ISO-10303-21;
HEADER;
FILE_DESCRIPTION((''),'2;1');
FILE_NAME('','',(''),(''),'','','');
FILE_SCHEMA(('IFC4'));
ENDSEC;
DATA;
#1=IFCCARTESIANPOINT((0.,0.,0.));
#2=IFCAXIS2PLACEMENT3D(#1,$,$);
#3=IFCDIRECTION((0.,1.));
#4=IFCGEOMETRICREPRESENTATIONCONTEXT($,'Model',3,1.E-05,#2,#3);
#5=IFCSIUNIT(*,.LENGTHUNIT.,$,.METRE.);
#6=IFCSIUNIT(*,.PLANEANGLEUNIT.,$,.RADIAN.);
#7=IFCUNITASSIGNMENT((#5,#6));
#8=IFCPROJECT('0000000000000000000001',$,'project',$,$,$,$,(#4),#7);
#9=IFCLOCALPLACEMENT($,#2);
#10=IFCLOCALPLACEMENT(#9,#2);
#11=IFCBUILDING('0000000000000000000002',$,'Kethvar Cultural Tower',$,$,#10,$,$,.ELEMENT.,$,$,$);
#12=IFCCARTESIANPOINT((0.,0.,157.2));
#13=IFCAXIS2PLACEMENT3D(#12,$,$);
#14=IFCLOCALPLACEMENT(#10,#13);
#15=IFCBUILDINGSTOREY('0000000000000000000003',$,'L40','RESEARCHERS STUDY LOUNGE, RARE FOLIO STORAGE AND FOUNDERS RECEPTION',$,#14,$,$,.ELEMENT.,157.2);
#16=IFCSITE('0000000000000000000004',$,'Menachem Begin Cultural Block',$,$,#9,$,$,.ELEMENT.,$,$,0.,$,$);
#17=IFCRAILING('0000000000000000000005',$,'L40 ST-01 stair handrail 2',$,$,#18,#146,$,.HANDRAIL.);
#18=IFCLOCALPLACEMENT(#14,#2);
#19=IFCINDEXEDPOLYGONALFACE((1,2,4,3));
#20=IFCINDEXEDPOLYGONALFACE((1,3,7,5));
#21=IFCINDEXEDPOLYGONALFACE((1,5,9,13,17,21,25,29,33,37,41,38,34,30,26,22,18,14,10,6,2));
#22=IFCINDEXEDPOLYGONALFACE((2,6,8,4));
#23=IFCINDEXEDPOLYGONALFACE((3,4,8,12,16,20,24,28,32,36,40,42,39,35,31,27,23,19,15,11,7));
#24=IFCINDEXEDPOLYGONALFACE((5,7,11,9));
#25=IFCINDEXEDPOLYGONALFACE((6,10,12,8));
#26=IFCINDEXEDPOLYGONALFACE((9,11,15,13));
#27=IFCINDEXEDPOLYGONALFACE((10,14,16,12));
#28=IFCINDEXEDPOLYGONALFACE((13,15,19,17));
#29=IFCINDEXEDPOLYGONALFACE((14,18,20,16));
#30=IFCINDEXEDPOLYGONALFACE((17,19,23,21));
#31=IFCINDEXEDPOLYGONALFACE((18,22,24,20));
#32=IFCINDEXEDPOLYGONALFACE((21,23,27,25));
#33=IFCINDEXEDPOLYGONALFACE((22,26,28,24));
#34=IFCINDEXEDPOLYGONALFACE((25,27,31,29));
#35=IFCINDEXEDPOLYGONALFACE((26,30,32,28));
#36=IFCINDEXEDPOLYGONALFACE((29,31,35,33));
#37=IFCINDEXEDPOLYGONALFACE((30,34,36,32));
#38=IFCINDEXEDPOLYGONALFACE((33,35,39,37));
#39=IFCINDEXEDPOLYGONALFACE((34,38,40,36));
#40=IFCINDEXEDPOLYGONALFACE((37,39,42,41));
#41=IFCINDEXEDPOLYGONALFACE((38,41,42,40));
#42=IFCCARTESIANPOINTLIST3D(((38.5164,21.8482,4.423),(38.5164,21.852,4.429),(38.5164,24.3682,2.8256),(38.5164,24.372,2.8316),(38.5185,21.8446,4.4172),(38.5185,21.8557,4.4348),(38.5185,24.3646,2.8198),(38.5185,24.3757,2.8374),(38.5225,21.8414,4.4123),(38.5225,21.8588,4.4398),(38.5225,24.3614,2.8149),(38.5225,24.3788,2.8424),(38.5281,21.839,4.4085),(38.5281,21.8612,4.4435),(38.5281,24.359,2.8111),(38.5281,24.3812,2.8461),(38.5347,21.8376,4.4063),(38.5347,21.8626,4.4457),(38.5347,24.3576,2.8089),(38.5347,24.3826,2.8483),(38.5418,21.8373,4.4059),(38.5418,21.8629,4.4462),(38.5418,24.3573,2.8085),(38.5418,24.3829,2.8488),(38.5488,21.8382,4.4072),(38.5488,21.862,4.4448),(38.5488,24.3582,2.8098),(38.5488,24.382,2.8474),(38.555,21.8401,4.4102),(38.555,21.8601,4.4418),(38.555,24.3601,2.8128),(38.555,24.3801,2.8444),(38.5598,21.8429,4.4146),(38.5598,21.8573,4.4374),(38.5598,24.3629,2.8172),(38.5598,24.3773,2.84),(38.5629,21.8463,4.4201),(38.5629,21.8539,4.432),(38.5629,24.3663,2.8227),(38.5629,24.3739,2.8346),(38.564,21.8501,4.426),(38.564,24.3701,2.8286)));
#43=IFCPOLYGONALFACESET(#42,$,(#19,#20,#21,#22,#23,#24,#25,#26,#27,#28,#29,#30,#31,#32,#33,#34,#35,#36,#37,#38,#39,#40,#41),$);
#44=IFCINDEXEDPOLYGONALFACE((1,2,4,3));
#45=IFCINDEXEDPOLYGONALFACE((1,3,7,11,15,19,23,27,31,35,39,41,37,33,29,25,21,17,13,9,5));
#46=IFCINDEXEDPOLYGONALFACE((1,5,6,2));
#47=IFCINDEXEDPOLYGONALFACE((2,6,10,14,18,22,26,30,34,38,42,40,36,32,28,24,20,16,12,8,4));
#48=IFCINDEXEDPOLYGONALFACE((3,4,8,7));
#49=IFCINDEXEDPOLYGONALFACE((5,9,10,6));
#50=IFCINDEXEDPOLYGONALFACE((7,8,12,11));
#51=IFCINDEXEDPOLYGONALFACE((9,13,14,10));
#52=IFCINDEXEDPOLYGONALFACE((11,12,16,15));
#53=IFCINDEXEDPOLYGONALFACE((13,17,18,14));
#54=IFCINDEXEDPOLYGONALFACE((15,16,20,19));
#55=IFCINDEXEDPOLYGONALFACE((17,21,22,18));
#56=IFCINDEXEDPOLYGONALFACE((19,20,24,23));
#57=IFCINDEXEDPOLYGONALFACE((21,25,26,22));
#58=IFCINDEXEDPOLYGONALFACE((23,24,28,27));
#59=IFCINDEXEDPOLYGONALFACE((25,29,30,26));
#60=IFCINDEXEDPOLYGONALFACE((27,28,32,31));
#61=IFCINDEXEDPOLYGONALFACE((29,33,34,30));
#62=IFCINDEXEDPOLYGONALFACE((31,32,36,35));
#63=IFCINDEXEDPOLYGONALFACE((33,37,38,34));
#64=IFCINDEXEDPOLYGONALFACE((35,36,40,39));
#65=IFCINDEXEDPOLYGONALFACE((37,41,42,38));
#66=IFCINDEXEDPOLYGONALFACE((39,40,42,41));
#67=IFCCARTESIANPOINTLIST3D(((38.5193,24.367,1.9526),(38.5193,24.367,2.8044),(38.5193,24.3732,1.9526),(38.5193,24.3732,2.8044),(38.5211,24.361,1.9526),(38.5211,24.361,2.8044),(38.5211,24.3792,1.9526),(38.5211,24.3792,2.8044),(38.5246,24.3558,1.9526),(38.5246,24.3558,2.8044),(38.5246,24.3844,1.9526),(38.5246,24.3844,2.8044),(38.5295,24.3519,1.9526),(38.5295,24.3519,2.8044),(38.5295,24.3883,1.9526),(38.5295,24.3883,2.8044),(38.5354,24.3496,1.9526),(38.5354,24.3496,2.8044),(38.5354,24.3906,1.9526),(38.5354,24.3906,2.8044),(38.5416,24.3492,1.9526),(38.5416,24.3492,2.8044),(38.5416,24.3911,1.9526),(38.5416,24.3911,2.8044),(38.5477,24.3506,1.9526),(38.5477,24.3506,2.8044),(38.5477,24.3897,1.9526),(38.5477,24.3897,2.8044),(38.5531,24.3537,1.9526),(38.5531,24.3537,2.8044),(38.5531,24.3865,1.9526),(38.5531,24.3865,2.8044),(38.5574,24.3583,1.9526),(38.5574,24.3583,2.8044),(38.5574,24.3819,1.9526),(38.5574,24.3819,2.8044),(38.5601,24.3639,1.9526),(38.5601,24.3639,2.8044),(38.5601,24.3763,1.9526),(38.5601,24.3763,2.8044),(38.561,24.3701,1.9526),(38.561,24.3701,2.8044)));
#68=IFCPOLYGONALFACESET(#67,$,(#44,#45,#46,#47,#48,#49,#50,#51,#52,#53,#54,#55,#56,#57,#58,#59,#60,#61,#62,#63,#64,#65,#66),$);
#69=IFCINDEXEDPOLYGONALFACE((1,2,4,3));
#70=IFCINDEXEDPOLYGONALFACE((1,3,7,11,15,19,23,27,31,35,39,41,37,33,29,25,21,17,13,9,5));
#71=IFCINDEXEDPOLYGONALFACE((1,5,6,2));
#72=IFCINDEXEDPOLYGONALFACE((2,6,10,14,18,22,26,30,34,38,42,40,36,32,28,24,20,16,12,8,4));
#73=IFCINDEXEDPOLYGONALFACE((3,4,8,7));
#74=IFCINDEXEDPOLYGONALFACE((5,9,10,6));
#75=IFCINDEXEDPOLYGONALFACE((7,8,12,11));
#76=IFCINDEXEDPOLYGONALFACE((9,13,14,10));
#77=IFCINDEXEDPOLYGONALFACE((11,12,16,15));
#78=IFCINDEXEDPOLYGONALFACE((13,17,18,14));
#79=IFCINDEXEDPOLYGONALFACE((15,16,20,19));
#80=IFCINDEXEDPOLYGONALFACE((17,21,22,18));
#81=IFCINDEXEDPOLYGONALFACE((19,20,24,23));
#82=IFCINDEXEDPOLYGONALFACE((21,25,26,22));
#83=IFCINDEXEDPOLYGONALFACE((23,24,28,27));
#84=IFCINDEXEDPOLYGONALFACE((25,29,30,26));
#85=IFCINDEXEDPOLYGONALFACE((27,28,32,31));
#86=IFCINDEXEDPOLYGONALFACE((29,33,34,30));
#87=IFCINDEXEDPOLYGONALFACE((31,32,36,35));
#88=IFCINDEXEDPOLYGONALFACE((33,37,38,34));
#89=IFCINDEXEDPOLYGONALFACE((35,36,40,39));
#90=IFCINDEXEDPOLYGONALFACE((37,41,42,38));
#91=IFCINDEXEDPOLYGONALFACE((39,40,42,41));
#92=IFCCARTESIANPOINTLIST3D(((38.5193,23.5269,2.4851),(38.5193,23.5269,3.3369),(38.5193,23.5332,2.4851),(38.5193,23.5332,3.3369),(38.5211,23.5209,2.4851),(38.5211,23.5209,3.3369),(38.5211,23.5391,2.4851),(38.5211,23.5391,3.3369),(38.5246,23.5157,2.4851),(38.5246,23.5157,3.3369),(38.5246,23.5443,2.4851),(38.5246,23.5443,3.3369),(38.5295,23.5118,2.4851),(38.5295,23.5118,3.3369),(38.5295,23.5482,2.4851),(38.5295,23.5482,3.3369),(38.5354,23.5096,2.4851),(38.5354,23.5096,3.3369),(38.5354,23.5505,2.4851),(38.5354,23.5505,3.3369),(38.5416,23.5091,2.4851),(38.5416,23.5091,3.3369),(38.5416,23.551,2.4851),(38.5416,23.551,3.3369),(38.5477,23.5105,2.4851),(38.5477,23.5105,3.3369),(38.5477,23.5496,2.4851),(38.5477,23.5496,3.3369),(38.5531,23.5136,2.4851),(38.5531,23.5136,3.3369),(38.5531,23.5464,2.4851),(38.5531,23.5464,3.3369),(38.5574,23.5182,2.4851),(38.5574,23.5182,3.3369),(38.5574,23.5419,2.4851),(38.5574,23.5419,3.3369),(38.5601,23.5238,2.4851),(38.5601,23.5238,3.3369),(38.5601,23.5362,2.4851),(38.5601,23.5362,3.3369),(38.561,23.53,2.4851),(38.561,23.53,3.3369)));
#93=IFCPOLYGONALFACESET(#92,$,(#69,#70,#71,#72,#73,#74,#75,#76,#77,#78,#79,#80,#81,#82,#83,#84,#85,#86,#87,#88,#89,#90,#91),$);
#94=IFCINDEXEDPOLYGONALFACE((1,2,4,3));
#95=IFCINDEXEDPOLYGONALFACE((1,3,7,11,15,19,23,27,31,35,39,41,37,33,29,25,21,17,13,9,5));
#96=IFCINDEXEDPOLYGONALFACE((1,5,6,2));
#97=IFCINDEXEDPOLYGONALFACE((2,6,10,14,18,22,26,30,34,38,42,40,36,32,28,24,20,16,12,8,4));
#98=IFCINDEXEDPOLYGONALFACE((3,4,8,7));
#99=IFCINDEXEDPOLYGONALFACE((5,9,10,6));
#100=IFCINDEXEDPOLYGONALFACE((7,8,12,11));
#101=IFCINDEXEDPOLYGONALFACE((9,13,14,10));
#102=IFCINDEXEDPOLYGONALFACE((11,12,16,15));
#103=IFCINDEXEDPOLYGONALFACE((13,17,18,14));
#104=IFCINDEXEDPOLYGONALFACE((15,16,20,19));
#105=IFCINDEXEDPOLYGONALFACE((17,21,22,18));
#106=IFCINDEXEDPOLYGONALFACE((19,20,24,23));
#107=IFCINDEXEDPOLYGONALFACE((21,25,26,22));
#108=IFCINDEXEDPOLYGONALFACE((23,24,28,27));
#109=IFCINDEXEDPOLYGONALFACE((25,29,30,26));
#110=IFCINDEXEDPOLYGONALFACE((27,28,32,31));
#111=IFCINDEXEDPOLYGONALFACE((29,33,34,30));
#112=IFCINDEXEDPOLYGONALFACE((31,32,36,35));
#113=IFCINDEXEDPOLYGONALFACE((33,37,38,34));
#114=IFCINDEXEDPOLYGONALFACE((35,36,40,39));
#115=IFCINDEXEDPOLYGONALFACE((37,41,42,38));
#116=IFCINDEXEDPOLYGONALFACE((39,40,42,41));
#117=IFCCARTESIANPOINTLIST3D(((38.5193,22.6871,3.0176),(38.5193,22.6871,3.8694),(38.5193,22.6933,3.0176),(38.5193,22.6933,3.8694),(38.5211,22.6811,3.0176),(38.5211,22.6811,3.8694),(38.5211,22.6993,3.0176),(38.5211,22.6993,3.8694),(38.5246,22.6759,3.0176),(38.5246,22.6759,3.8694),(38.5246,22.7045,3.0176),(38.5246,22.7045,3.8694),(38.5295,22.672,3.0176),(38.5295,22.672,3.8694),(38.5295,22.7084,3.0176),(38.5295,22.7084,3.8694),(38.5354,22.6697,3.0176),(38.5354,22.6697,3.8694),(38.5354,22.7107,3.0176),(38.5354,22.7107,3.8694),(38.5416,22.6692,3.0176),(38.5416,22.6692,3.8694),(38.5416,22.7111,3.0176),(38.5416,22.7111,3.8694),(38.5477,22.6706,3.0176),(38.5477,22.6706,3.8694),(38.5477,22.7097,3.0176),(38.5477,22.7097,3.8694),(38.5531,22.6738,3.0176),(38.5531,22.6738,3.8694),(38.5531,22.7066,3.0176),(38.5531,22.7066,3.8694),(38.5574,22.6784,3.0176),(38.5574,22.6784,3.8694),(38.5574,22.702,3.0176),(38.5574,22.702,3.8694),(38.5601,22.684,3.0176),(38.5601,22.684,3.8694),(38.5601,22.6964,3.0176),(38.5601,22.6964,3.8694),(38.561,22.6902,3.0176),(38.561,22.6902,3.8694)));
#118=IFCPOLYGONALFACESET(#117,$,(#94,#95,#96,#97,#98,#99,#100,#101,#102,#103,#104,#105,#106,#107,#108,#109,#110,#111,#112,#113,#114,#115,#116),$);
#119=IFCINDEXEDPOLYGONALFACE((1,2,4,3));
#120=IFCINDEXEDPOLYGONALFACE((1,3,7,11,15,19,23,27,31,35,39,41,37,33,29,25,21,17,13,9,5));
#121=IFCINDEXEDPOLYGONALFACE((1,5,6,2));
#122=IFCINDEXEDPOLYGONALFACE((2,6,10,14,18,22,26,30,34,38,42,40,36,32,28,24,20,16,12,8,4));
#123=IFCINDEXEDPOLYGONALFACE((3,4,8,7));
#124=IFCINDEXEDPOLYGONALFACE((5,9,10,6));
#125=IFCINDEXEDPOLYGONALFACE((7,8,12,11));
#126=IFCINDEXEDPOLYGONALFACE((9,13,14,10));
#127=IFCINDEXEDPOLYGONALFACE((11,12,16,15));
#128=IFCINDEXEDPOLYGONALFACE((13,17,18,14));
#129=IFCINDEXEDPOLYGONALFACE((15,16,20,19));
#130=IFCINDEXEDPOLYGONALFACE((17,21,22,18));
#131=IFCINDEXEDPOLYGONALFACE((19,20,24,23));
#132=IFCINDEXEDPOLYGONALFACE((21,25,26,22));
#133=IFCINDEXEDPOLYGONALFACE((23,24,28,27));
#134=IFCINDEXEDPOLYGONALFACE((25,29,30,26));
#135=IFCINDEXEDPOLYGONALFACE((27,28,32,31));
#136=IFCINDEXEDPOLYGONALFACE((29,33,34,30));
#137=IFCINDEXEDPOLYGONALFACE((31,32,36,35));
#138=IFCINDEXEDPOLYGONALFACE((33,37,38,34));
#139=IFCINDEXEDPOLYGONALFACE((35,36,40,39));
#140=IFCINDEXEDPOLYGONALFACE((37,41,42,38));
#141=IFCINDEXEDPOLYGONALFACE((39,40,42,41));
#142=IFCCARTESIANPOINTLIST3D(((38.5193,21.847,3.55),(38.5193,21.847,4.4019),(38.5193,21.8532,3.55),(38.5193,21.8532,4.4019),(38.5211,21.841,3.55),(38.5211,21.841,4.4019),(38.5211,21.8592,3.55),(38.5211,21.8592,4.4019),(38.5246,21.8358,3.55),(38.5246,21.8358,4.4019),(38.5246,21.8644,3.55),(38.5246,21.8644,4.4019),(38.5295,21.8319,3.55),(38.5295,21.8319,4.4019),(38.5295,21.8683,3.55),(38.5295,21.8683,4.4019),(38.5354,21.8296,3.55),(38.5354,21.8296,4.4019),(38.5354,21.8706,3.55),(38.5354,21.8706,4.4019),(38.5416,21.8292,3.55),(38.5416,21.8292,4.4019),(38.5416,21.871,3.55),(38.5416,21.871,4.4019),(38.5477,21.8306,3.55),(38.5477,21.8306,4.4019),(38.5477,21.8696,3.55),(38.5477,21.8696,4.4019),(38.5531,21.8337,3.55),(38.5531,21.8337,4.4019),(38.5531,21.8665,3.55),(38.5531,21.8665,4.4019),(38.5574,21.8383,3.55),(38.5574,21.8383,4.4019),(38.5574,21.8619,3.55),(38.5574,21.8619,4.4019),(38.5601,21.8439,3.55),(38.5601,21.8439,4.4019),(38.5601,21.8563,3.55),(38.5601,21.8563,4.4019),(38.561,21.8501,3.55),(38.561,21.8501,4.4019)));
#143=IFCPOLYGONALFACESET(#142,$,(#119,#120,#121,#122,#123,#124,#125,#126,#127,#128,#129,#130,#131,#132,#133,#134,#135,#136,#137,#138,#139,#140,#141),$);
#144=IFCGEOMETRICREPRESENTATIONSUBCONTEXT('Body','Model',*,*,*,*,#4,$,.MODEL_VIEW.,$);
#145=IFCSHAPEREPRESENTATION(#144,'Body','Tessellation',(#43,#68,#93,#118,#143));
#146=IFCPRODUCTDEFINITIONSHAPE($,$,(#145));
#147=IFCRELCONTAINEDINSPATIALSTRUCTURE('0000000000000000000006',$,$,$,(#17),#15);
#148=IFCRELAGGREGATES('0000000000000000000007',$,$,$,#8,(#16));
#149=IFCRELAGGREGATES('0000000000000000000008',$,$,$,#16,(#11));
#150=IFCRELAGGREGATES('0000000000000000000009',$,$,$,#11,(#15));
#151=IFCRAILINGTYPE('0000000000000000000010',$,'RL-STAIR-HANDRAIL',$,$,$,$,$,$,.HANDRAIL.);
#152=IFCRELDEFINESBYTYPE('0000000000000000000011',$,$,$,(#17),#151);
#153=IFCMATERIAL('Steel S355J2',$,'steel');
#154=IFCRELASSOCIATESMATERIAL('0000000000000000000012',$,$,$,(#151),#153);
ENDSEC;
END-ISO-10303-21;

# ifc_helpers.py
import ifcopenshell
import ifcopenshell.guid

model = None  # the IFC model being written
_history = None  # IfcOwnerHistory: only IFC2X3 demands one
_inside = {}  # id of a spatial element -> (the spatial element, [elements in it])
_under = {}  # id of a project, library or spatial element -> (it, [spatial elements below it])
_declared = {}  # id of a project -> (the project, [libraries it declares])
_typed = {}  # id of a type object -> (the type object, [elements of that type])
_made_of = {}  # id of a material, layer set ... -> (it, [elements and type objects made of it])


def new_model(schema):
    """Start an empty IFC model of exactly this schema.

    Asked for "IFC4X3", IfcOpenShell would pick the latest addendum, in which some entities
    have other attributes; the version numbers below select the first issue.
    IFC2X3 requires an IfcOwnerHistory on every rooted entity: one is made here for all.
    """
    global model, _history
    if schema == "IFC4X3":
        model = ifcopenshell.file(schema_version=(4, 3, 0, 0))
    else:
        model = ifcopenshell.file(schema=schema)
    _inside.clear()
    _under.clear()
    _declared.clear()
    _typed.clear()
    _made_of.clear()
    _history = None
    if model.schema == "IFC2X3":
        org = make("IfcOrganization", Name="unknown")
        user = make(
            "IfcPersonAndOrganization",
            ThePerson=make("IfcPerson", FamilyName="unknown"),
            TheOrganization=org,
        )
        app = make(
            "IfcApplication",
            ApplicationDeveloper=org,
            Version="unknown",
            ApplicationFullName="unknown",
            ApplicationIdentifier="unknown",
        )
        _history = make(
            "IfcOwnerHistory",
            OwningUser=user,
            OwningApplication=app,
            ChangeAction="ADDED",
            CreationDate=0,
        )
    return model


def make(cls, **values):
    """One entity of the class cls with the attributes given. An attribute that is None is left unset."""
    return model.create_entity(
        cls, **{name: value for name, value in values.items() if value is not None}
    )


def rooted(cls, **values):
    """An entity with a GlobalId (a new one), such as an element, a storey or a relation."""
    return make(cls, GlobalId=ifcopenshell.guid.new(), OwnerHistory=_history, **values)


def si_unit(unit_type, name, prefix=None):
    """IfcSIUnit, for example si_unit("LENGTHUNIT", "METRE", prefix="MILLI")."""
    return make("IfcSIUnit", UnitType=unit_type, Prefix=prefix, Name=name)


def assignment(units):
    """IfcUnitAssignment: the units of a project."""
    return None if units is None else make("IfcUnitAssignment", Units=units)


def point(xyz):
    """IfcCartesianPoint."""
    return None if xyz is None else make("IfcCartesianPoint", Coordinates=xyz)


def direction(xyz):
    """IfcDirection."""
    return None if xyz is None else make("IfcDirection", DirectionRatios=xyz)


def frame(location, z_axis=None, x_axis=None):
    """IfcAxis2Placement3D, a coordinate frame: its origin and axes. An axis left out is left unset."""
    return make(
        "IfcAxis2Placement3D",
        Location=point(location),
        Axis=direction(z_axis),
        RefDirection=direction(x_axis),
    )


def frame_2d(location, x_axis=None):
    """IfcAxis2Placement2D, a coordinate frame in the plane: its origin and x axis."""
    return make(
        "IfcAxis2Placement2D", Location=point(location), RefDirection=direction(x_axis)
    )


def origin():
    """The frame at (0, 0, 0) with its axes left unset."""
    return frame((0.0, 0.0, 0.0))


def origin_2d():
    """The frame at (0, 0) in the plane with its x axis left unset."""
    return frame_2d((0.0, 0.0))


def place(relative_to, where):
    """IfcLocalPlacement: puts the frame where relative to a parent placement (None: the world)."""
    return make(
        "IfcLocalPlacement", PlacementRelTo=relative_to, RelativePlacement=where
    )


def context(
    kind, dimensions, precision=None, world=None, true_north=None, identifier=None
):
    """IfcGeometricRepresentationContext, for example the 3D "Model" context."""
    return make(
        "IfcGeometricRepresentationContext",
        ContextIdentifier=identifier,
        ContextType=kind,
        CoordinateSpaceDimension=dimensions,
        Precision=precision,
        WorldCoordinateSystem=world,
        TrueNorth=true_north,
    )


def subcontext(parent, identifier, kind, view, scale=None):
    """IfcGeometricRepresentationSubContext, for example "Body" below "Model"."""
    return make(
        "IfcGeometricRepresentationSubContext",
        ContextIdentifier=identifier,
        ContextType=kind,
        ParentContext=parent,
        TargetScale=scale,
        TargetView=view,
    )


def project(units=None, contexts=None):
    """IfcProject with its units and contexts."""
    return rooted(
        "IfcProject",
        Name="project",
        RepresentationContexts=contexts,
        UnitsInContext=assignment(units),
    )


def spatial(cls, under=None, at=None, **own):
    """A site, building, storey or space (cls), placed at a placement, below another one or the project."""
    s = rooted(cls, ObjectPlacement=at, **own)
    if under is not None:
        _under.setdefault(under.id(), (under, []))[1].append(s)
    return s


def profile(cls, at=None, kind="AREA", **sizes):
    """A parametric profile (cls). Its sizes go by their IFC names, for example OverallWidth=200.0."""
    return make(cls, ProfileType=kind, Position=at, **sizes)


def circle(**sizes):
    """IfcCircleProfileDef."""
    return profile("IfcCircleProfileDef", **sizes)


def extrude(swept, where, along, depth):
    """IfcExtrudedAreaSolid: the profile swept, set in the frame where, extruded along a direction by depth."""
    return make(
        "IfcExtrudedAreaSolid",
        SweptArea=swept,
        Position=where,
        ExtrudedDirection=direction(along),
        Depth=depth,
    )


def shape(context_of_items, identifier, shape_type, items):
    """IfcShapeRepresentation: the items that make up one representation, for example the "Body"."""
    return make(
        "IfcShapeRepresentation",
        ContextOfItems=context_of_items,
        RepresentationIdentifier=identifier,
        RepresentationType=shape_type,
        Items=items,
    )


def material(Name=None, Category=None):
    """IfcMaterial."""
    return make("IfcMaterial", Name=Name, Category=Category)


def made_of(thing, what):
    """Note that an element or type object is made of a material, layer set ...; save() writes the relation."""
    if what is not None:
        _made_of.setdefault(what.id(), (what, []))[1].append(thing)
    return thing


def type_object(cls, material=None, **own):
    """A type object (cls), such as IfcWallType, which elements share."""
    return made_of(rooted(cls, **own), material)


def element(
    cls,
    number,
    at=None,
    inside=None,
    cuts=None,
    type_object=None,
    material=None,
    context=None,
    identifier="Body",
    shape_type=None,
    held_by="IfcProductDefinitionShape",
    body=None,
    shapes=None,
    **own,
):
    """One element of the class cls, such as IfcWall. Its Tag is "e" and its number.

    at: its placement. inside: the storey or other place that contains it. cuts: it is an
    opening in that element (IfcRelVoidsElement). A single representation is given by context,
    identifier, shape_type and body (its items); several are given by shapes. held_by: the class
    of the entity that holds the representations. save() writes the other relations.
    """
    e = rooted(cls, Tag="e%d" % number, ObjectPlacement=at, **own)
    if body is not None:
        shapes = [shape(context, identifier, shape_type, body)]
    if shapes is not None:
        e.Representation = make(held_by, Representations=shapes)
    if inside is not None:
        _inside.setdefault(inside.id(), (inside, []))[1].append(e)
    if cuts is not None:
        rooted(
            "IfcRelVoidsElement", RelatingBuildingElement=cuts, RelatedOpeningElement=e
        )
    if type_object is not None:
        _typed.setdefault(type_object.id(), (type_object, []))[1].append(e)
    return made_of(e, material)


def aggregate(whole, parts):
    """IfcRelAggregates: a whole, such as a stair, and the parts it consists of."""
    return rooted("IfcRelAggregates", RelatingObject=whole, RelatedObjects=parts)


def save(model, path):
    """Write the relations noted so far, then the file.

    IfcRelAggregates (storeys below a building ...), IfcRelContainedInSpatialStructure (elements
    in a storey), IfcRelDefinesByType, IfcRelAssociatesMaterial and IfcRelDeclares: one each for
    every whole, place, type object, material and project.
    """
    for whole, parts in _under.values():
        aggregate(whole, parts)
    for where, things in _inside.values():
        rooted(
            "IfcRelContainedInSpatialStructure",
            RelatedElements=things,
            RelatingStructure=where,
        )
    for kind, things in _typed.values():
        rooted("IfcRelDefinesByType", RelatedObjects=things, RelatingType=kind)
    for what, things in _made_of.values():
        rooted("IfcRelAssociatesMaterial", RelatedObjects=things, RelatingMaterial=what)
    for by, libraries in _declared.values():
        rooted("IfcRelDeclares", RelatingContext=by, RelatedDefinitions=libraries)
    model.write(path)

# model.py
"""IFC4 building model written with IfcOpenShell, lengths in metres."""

from ifc_helpers import new_model, si_unit, direction, frame, origin, origin_2d, place, context, subcontext, project, spatial, circle, extrude, material, type_object, element, save


model = new_model("IFC4")

# Units and contexts
model_context = context("Model", 3, precision=1e-05, world=origin(), true_north=direction((0.0, 1.0)))
body_context = subcontext(model_context, "Body", "Model", "MODEL_VIEW")
ifc_project = project(units=[si_unit("LENGTHUNIT", "METRE"), si_unit("PLANEANGLEUNIT", "RADIAN")], contexts=[model_context])

# Site, building, storey
site_placement = place(None, origin())
site = spatial("IfcSite", under=ifc_project, at=site_placement, Name="Menachem Begin Cultural Block", CompositionType="ELEMENT", RefElevation=0.0)
building_placement = place(site_placement, origin())
building = spatial("IfcBuilding", under=site, at=building_placement, Name="Kethvar Cultural Tower", CompositionType="ELEMENT")
storey_placement = place(building_placement, frame((0.0, 0.0, 157.2)))
storey = spatial("IfcBuildingStorey", under=building, at=storey_placement, Name="L40", Description="RESEARCHERS STUDY LOUNGE, RARE FOLIO STORAGE AND FOUNDERS RECEPTION", CompositionType="ELEMENT", Elevation=157.2)

# Shared definitions
ifc_material_1 = material(Name="Steel S355J2", Category="steel")

# Railing
railing_type_1 = type_object("IfcRailingType", Name="RL-STAIR-HANDRAIL", PredefinedType="HANDRAIL", material=ifc_material_1)
railing_1_placement = place(storey_placement, frame((38.54, 24.3701, 1.9526)))
element("IfcRailing", 1, at=railing_1_placement, inside=storey, type_object=railing_type_1, Name="L40 ST-01 stair handrail 2", PredefinedType="HANDRAIL", context=body_context, shape_type="SweptSolid", body=[
    extrude(circle(Radius=0.0239, at=origin_2d()), frame((0.0, 0.0, 0.876), z_axis=(0.0, -0.844607, 0.535387), x_axis=(1.0, 0.0, 0.0)), (0.0, 0.0, 1.0), 2.9836),
    extrude(circle(Radius=0.021, at=origin_2d()), origin(), (0.0, 0.0, 1.0), 0.8518),
    extrude(circle(Radius=0.021, at=origin_2d()), frame((0.0, -0.8401, 0.5325)), (0.0, 0.0, 1.0), 0.8518),
    extrude(circle(Radius=0.021, at=origin_2d()), frame((0.0, -1.6799, 1.0649)), (0.0, 0.0, 1.0), 0.8518),
    extrude(circle(Radius=0.021, at=origin_2d()), frame((0.0, -2.52, 1.5974)), (0.0, 0.0, 1.0), 0.8518),
])

save(model, "model.ifc")
